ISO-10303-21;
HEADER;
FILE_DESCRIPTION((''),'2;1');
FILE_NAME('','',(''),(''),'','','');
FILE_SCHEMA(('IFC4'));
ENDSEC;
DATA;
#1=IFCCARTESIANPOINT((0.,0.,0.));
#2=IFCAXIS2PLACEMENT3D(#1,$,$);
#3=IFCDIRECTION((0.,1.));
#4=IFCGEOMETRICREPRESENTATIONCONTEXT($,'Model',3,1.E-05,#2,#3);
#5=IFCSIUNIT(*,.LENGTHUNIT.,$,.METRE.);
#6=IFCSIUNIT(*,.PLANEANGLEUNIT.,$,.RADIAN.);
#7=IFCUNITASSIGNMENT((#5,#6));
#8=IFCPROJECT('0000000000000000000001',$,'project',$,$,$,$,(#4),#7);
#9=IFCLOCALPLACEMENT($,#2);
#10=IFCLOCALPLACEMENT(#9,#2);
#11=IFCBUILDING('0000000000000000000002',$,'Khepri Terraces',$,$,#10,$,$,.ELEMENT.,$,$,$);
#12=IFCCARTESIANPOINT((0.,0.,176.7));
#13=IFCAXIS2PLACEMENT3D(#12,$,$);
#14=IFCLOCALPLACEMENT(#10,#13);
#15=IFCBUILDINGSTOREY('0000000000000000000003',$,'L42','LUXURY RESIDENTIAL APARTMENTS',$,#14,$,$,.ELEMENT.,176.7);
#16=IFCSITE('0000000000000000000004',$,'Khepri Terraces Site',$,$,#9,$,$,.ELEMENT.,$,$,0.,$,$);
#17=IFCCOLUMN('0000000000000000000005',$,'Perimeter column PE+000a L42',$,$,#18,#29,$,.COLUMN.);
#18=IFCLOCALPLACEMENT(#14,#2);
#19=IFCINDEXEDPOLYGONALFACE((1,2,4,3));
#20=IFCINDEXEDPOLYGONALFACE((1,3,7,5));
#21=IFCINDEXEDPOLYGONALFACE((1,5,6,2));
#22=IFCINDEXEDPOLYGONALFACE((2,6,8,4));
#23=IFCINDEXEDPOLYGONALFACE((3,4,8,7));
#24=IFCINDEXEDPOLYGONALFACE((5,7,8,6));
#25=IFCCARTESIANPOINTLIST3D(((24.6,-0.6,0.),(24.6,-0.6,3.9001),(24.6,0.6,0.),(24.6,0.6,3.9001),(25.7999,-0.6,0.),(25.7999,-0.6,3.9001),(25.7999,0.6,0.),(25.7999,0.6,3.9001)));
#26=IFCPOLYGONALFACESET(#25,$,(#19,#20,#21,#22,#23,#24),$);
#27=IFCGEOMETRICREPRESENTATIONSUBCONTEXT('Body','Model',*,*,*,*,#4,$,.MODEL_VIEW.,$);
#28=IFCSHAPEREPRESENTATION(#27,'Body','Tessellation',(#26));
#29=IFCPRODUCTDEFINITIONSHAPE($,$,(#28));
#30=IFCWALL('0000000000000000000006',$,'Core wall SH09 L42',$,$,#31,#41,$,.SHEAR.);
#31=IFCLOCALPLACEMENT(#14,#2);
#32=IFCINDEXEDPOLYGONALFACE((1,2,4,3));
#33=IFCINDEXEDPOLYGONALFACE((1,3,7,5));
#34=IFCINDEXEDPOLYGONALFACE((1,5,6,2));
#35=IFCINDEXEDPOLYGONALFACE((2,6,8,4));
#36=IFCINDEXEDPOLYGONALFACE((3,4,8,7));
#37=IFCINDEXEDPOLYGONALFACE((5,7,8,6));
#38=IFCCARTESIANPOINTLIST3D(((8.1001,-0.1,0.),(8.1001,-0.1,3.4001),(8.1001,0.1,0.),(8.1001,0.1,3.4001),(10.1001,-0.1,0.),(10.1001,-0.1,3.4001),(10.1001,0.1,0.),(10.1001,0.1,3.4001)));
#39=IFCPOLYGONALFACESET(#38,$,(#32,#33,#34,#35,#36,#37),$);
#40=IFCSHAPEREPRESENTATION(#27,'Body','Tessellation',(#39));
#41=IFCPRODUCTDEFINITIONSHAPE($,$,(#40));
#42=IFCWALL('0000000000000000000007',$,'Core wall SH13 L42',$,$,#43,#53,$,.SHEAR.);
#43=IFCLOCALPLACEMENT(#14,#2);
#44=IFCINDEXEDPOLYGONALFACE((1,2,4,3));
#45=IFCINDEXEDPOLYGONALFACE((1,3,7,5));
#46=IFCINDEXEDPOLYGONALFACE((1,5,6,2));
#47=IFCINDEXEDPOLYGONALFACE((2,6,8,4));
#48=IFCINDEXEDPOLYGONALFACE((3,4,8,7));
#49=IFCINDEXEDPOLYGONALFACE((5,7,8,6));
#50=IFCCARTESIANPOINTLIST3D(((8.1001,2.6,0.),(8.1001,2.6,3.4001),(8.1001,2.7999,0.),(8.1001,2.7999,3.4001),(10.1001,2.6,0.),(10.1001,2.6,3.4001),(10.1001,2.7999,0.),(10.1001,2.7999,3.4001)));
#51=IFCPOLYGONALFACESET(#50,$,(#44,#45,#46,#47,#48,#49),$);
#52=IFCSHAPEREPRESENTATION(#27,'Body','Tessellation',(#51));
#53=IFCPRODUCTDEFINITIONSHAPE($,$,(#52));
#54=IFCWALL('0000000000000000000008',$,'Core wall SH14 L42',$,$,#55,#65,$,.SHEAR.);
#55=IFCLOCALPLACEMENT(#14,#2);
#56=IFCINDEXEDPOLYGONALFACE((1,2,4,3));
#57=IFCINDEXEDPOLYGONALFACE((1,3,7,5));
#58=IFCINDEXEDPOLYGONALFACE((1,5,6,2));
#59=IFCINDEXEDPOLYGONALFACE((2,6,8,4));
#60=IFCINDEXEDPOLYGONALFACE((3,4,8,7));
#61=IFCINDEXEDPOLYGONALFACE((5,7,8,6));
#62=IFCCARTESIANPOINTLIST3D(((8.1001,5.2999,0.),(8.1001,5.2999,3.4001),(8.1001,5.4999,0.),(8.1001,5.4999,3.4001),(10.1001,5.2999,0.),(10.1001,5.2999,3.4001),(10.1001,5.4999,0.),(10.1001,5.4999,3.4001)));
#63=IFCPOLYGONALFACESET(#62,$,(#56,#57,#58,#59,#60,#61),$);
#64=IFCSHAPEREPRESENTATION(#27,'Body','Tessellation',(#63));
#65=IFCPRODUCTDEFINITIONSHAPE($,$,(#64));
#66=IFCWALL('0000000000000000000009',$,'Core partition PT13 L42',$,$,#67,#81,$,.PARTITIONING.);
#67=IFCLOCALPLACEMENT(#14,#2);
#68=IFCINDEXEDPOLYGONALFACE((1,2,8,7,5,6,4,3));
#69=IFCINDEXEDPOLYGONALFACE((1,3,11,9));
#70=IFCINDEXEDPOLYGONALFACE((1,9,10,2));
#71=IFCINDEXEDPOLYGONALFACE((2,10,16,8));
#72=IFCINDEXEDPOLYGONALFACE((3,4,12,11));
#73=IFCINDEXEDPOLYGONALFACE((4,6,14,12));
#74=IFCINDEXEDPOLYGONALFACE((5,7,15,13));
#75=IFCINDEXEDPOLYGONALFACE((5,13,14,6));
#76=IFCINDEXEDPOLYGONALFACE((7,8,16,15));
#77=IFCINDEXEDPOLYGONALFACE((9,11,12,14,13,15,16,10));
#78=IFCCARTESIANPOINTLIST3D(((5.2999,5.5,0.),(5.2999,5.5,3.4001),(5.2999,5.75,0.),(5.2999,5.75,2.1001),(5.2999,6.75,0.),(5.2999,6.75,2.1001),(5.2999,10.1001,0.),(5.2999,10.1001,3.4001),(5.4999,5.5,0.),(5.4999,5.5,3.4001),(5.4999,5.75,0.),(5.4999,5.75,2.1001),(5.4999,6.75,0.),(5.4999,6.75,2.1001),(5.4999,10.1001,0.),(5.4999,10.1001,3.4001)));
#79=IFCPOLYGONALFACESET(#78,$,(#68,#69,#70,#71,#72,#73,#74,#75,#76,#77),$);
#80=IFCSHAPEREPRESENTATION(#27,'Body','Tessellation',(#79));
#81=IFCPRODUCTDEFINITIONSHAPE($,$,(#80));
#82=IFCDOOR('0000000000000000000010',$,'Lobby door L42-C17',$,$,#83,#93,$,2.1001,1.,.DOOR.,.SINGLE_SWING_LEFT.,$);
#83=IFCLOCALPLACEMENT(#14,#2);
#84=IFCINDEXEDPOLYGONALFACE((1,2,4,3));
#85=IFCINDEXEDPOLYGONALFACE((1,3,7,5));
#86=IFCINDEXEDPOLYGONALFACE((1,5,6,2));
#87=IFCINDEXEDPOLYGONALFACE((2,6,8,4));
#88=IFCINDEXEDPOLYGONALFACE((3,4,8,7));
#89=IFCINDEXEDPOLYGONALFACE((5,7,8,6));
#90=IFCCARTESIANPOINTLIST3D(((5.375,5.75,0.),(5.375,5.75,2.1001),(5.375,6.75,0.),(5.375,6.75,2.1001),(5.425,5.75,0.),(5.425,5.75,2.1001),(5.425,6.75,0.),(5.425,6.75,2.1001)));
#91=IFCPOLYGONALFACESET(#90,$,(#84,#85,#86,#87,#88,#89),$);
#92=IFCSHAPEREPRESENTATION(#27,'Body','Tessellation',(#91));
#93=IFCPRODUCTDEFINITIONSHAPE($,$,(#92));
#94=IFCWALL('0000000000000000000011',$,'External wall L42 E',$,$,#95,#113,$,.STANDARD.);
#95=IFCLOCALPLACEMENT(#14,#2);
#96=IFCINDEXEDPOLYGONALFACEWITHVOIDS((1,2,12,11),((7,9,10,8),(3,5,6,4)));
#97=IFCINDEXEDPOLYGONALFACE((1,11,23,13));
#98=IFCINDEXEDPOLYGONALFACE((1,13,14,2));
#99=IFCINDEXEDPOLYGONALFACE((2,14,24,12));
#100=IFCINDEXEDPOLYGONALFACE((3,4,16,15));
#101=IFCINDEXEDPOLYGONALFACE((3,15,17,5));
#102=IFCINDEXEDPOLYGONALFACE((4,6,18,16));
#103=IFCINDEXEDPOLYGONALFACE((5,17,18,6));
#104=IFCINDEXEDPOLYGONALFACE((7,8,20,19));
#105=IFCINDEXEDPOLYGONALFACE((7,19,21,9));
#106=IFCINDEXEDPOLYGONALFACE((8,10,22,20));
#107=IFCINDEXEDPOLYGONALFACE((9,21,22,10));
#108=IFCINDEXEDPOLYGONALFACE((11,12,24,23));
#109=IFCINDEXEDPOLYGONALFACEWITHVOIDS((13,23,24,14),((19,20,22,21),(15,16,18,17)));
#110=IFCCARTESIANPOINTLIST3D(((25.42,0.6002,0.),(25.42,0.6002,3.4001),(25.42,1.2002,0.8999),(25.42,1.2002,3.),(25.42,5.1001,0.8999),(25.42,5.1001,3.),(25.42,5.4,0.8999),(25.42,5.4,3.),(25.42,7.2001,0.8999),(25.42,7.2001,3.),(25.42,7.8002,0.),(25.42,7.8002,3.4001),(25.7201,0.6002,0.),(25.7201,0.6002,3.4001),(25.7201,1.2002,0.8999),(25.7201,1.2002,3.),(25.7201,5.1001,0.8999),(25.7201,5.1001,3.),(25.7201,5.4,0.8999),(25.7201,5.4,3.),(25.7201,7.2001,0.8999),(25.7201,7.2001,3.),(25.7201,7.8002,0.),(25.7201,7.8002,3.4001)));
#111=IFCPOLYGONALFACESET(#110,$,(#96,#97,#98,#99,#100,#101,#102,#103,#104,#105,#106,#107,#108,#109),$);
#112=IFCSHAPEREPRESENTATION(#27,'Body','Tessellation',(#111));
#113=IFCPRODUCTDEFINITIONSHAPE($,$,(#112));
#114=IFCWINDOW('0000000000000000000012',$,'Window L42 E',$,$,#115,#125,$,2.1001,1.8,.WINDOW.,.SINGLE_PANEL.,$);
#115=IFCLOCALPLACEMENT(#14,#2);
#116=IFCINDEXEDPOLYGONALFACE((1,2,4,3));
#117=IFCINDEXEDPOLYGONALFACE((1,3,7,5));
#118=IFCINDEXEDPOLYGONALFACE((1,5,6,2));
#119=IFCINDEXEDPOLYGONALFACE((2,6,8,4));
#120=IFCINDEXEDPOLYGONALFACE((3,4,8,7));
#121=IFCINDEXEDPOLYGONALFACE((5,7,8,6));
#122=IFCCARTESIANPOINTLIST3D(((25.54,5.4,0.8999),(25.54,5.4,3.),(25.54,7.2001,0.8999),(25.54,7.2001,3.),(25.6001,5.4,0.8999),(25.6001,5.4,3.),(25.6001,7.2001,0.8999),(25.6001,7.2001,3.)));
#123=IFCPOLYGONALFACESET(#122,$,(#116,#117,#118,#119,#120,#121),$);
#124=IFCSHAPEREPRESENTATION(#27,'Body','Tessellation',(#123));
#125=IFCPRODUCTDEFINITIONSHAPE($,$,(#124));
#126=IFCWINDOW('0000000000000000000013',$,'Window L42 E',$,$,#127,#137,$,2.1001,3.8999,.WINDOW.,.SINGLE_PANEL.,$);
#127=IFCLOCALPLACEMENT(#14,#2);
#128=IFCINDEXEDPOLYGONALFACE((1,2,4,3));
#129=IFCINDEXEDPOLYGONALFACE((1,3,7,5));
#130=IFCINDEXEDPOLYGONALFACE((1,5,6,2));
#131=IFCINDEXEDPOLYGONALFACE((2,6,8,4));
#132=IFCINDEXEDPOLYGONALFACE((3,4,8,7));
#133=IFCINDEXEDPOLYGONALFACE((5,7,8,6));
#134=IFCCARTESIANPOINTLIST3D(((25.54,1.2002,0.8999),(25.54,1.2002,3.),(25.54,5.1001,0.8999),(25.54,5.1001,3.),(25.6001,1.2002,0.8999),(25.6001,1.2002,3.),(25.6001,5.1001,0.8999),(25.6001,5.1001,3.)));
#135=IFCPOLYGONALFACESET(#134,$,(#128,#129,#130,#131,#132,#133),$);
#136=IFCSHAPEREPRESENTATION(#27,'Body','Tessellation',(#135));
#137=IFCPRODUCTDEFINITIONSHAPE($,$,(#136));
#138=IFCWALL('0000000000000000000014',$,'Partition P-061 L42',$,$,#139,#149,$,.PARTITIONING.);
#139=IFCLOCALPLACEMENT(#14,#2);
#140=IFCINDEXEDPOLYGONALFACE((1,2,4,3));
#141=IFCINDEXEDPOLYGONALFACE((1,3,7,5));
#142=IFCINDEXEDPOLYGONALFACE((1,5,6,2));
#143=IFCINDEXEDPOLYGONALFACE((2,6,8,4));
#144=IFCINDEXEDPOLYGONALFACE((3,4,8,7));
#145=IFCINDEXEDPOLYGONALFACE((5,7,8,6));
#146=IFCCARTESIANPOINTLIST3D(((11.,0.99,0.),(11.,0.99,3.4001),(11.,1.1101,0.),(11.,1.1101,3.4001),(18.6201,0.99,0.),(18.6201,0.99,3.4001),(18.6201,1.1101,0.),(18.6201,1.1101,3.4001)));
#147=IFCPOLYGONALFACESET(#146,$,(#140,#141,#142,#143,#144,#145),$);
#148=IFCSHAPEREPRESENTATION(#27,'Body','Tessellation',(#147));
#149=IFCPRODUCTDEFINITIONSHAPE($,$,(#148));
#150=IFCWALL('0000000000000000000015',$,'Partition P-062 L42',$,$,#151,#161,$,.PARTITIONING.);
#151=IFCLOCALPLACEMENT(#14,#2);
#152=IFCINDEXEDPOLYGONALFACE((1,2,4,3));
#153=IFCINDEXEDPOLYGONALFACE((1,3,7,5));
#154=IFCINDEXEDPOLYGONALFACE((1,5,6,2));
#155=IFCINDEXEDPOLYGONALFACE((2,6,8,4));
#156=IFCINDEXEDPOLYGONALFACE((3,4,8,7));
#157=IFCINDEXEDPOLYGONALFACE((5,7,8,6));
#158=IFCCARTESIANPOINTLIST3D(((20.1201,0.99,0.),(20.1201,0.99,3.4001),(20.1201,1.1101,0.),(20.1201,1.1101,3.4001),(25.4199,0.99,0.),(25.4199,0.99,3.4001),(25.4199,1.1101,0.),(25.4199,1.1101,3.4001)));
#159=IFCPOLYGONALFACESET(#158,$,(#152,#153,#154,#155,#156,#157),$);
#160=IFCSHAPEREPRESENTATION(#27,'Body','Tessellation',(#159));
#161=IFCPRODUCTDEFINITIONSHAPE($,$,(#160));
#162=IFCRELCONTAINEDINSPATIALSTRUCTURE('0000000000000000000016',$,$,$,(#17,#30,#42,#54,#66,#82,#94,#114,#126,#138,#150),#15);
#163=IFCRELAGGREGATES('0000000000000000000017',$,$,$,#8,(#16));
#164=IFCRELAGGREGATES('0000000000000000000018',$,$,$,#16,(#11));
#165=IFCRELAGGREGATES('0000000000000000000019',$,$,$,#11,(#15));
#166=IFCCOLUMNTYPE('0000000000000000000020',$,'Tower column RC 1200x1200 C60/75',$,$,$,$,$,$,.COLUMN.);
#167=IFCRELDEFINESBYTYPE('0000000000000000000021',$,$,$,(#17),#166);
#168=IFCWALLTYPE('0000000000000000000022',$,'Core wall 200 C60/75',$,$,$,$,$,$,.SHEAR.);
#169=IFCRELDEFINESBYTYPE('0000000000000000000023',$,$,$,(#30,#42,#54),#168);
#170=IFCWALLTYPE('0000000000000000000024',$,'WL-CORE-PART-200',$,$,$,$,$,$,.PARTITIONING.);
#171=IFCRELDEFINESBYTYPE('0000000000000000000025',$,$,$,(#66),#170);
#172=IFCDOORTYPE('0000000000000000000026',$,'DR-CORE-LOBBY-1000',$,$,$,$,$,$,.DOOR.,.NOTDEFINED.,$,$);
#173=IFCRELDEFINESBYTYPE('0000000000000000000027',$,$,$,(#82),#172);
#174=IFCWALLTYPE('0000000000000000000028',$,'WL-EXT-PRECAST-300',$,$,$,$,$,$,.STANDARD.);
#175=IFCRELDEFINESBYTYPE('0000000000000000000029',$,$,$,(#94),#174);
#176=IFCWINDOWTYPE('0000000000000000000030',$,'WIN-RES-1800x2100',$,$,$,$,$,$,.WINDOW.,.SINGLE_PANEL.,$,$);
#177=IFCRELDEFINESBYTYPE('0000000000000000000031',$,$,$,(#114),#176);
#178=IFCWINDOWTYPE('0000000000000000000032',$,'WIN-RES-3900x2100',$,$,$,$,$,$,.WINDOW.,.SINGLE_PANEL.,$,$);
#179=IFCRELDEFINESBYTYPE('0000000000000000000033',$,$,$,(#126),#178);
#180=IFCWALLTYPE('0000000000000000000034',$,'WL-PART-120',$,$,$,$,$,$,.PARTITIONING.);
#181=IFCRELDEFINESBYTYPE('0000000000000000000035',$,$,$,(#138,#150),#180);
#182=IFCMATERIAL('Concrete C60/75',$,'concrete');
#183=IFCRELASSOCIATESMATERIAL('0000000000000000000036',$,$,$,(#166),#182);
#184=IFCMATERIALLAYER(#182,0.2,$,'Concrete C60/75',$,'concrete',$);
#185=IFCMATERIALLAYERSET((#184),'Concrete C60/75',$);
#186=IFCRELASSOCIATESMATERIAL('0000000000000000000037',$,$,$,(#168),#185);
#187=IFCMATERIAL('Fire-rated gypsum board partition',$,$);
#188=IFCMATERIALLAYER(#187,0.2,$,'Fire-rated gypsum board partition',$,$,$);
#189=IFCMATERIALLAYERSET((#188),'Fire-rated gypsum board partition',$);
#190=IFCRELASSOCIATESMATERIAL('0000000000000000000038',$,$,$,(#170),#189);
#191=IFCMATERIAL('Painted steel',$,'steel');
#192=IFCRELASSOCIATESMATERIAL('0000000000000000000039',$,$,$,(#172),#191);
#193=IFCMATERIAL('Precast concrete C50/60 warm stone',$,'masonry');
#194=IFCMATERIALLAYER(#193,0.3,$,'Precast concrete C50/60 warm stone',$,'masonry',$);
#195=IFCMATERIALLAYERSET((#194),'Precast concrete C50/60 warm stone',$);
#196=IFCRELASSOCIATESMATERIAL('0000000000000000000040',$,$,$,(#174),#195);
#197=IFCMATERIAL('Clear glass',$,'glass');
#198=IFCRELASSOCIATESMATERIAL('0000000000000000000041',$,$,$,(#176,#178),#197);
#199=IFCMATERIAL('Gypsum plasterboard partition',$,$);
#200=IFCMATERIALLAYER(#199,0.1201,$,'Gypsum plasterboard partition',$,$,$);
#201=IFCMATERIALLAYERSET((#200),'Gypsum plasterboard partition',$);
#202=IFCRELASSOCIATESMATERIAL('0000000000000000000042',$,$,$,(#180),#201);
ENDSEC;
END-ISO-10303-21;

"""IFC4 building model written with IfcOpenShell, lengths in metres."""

from ifc_helpers import new_model, si_unit, direction, frame, frame_2d, origin, origin_2d, place, context, subcontext, project, spatial, rectangle, extrude, material, layer, layer_set, material_profile, profile_set, type_object, element, fill, save


model = new_model("IFC4")

# Units and contexts
model_context = context("Model", 3, precision=1e-05, world=origin(), true_north=direction((0.0, 1.0)))
body_context = subcontext(model_context, "Body", "Model", "MODEL_VIEW")
ifc_project = project(units=[si_unit("LENGTHUNIT", "METRE"), si_unit("PLANEANGLEUNIT", "RADIAN")], contexts=[model_context])

# Site, building, storey
site_placement = place(None, origin())
site = spatial("IfcSite", under=ifc_project, at=site_placement, Name="Khepri Terraces Site", CompositionType="ELEMENT", RefElevation=0.0)
building_placement = place(site_placement, origin())
building = spatial("IfcBuilding", under=site, at=building_placement, Name="Khepri Terraces", CompositionType="ELEMENT")
storey_placement = place(building_placement, frame((0.0, 0.0, 176.7)))
storey = spatial("IfcBuildingStorey", under=building, at=storey_placement, Name="L42", Description="LUXURY RESIDENTIAL APARTMENTS", CompositionType="ELEMENT", Elevation=176.7)

# Column
ifc_material_1 = material(Name="Concrete C60/75", Category="concrete")
ifc_material_profile = material_profile(ifc_material_1, rectangle(XDim=1.2, YDim=1.2, at=origin_2d()), Name="Concrete C60/75", Category="concrete")
ifc_profile_set = profile_set([ifc_material_profile], Name="Concrete C60/75")
column_type = type_object("IfcColumnType", Name="Tower column RC 1200x1200 C60/75", PredefinedType="COLUMN", material=ifc_profile_set)
column_placement = place(storey_placement, frame((25.2, 0.0, 0.0), z_axis=(0.0, 0.0, 1.0), x_axis=(1.0, 0.0, 0.0)))
element("IfcColumn", 1, at=column_placement, inside=storey, type_object=column_type, Name="Perimeter column PE+000a L42", PredefinedType="COLUMN", context=body_context, shape_type="SweptSolid", body=[
    extrude(rectangle(XDim=1.2, YDim=1.2, at=origin_2d()), origin(), (0.0, 0.0, 1.0), 3.9001),
])

# Walls
ifc_layer_1 = layer(ifc_material_1, 0.2, Name="Concrete C60/75", Category="concrete")
ifc_layer_set_1 = layer_set([ifc_layer_1], Name="Concrete C60/75")
wall_type_1 = type_object("IfcWallType", Name="Core wall 200 C60/75", PredefinedType="SHEAR", material=ifc_layer_set_1)
for number, where, z_axis, x_axis, name in (
    (2, (8.1001, 0.0, 0.0), (0.0, 0.0, 1.0), (1.0, 0.0, 0.0), "Core wall SH09 L42"),
    (3, (8.1001, 2.7, 0.0), (0.0, 0.0, 1.0), (1.0, 0.0, 0.0), "Core wall SH13 L42"),
    (4, (8.1001, 5.3999, 0.0), (0.0, 0.0, 1.0), (1.0, 0.0, 0.0), "Core wall SH14 L42"),
):
    element("IfcWall", number, at=place(storey_placement, frame(where, z_axis=z_axis, x_axis=x_axis)), inside=storey, type_object=wall_type_1, Name=name, PredefinedType="SHEAR", context=body_context, shape_type="SweptSolid", body=[
        extrude(rectangle(XDim=2.0, YDim=0.2, at=frame_2d((1.0, 0.0))), origin(), (0.0, 0.0, 1.0), 3.4001),
    ])

# Wall, opening, door
ifc_material_2 = material(Name="Fire-rated gypsum board partition")
ifc_layer_2 = layer(ifc_material_2, 0.2, Name="Fire-rated gypsum board partition")
ifc_layer_set_2 = layer_set([ifc_layer_2], Name="Fire-rated gypsum board partition")
wall_type_2 = type_object("IfcWallType", Name="WL-CORE-PART-200", PredefinedType="PARTITIONING", material=ifc_layer_set_2)
wall_1_placement = place(storey_placement, frame((5.3999, 5.5, 0.0), z_axis=(0.0, 0.0, 1.0), x_axis=(0.0, 1.0, 0.0)))
wall_1 = element("IfcWall", 5, at=wall_1_placement, inside=storey, type_object=wall_type_2, Name="Core partition PT13 L42", PredefinedType="PARTITIONING", context=body_context, shape_type="SweptSolid", body=[
    extrude(rectangle(XDim=4.6001, YDim=0.2, at=frame_2d((2.3, 0.0))), origin(), (0.0, 0.0, 1.0), 3.4001),
])
opening_1_placement = place(wall_1_placement, frame((0.25, 0.0, 0.0)))
opening_1 = element("IfcOpeningElement", 6, at=opening_1_placement, cuts=wall_1, PredefinedType="OPENING", context=body_context, shape_type="SweptSolid", body=[
    extrude(rectangle(XDim=1.0, YDim=2.1001, at=frame_2d((0.5, 1.05))), frame((0.0, 0.1099, 0.0), z_axis=(0.0, -1.0, 0.0), x_axis=(1.0, 0.0, 0.0)), (0.0, 0.0, 1.0), 0.22),
])
ifc_material_3 = material(Name="Painted steel", Category="steel")
door_type_1 = type_object("IfcDoorType", Name="DR-CORE-LOBBY-1000", OperationType="NOTDEFINED", PredefinedType="DOOR", material=ifc_material_3)
door_1_placement = place(opening_1_placement, origin())
door_1 = element("IfcDoor", 7, at=door_1_placement, inside=storey, type_object=door_type_1, Name="Lobby door L42-C17", OperationType="SINGLE_SWING_LEFT", OverallHeight=2.1001, OverallWidth=1.0, PredefinedType="DOOR", context=body_context, shape_type="SweptSolid", body=[
    extrude(rectangle(XDim=1.0, YDim=2.1001, at=frame_2d((0.5, 1.05))), frame((0.0, 0.0249, 0.0), z_axis=(0.0, -1.0, 0.0), x_axis=(1.0, 0.0, 0.0)), (0.0, 0.0, 1.0), 0.05),
])
fill(opening_1, door_1)

# Wall, openings, windows
ifc_material_4 = material(Name="Precast concrete C50/60 warm stone", Category="masonry")
ifc_layer_3 = layer(ifc_material_4, 0.3, Name="Precast concrete C50/60 warm stone", Category="masonry")
ifc_layer_set_3 = layer_set([ifc_layer_3], Name="Precast concrete C50/60 warm stone")
wall_type_3 = type_object("IfcWallType", Name="WL-EXT-PRECAST-300", PredefinedType="STANDARD", material=ifc_layer_set_3)
wall_2_placement = place(storey_placement, frame((25.5701, 0.6001, 0.0), z_axis=(0.0, 0.0, 1.0), x_axis=(0.0, 1.0, 0.0)))
wall_2 = element("IfcWall", 8, at=wall_2_placement, inside=storey, type_object=wall_type_3, Name="External wall L42 E", PredefinedType="STANDARD", context=body_context, shape_type="SweptSolid", body=[
    extrude(rectangle(XDim=7.2, YDim=0.3, at=frame_2d((3.6001, 0.0))), origin(), (0.0, 0.0, 1.0), 3.4001),
])
opening_2_placement = place(wall_2_placement, frame((0.6001, 0.0, 0.8999)))
opening_2 = element("IfcOpeningElement", 9, at=opening_2_placement, cuts=wall_2, PredefinedType="OPENING", context=body_context, shape_type="SweptSolid", body=[
    extrude(rectangle(XDim=3.8999, YDim=2.1001, at=frame_2d((1.95, 1.05))), frame((0.0, 0.1602, 0.0), z_axis=(0.0, -1.0, 0.0), x_axis=(1.0, 0.0, 0.0)), (0.0, 0.0, 1.0), 0.3201),
])
opening_3_placement = place(wall_2_placement, frame((4.8, 0.0, 0.8999)))
opening_3 = element("IfcOpeningElement", 10, at=opening_3_placement, cuts=wall_2, PredefinedType="OPENING", context=body_context, shape_type="SweptSolid", body=[
    extrude(rectangle(XDim=1.8, YDim=2.1001, at=frame_2d((0.8999, 1.05))), frame((0.0, 0.1602, 0.0), z_axis=(0.0, -1.0, 0.0), x_axis=(1.0, 0.0, 0.0)), (0.0, 0.0, 1.0), 0.3201),
])
ifc_material_5 = material(Name="Clear glass", Category="glass")
window_type_1 = type_object("IfcWindowType", Name="WIN-RES-1800x2100", PartitioningType="SINGLE_PANEL", PredefinedType="WINDOW", material=ifc_material_5)
window_1_placement = place(opening_3_placement, origin())
window_1 = element("IfcWindow", 11, at=window_1_placement, inside=storey, type_object=window_type_1, Name="Window L42 E", OverallHeight=2.1001, OverallWidth=1.8, PartitioningType="SINGLE_PANEL", PredefinedType="WINDOW", context=body_context, shape_type="SweptSolid", body=[
    extrude(rectangle(XDim=1.8, YDim=2.1001, at=frame_2d((0.8999, 1.05))), frame((0.0, 0.03, 0.0), z_axis=(0.0, -1.0, 0.0), x_axis=(1.0, 0.0, 0.0)), (0.0, 0.0, 1.0), 0.0601),
])
fill(opening_3, window_1)
window_type_2 = type_object("IfcWindowType", Name="WIN-RES-3900x2100", PartitioningType="SINGLE_PANEL", PredefinedType="WINDOW", material=ifc_material_5)
window_2_placement = place(opening_2_placement, origin())
window_2 = element("IfcWindow", 12, at=window_2_placement, inside=storey, type_object=window_type_2, Name="Window L42 E", OverallHeight=2.1001, OverallWidth=3.8999, PartitioningType="SINGLE_PANEL", PredefinedType="WINDOW", context=body_context, shape_type="SweptSolid", body=[
    extrude(rectangle(XDim=3.8999, YDim=2.1001, at=frame_2d((1.95, 1.05))), frame((0.0, 0.03, 0.0), z_axis=(0.0, -1.0, 0.0), x_axis=(1.0, 0.0, 0.0)), (0.0, 0.0, 1.0), 0.0601),
])
fill(opening_2, window_2)

# Walls
ifc_material_6 = material(Name="Gypsum plasterboard partition")
ifc_layer_4 = layer(ifc_material_6, 0.1201, Name="Gypsum plasterboard partition")
ifc_layer_set_4 = layer_set([ifc_layer_4], Name="Gypsum plasterboard partition")
wall_type_4 = type_object("IfcWallType", Name="WL-PART-120", PredefinedType="PARTITIONING", material=ifc_layer_set_4)
wall_3_placement = place(storey_placement, frame((11.0, 1.05, 0.0), z_axis=(0.0, 0.0, 1.0), x_axis=(1.0, 0.0, 0.0)))
element("IfcWall", 13, at=wall_3_placement, inside=storey, type_object=wall_type_4, Name="Partition P-061 L42", PredefinedType="PARTITIONING", context=body_context, shape_type="SweptSolid", body=[
    extrude(rectangle(XDim=7.6201, YDim=0.1201, at=frame_2d((3.8101, 0.0))), origin(), (0.0, 0.0, 1.0), 3.4001),
])
wall_4_placement = place(storey_placement, frame((20.1201, 1.05, 0.0), z_axis=(0.0, 0.0, 1.0), x_axis=(1.0, 0.0, 0.0)))
element("IfcWall", 14, at=wall_4_placement, inside=storey, type_object=wall_type_4, Name="Partition P-062 L42", PredefinedType="PARTITIONING", context=body_context, shape_type="SweptSolid", body=[
    extrude(rectangle(XDim=5.2998, YDim=0.1201, at=frame_2d((2.6499, 0.0))), origin(), (0.0, 0.0, 1.0), 3.4001),
])

save(model, "model.ifc")
